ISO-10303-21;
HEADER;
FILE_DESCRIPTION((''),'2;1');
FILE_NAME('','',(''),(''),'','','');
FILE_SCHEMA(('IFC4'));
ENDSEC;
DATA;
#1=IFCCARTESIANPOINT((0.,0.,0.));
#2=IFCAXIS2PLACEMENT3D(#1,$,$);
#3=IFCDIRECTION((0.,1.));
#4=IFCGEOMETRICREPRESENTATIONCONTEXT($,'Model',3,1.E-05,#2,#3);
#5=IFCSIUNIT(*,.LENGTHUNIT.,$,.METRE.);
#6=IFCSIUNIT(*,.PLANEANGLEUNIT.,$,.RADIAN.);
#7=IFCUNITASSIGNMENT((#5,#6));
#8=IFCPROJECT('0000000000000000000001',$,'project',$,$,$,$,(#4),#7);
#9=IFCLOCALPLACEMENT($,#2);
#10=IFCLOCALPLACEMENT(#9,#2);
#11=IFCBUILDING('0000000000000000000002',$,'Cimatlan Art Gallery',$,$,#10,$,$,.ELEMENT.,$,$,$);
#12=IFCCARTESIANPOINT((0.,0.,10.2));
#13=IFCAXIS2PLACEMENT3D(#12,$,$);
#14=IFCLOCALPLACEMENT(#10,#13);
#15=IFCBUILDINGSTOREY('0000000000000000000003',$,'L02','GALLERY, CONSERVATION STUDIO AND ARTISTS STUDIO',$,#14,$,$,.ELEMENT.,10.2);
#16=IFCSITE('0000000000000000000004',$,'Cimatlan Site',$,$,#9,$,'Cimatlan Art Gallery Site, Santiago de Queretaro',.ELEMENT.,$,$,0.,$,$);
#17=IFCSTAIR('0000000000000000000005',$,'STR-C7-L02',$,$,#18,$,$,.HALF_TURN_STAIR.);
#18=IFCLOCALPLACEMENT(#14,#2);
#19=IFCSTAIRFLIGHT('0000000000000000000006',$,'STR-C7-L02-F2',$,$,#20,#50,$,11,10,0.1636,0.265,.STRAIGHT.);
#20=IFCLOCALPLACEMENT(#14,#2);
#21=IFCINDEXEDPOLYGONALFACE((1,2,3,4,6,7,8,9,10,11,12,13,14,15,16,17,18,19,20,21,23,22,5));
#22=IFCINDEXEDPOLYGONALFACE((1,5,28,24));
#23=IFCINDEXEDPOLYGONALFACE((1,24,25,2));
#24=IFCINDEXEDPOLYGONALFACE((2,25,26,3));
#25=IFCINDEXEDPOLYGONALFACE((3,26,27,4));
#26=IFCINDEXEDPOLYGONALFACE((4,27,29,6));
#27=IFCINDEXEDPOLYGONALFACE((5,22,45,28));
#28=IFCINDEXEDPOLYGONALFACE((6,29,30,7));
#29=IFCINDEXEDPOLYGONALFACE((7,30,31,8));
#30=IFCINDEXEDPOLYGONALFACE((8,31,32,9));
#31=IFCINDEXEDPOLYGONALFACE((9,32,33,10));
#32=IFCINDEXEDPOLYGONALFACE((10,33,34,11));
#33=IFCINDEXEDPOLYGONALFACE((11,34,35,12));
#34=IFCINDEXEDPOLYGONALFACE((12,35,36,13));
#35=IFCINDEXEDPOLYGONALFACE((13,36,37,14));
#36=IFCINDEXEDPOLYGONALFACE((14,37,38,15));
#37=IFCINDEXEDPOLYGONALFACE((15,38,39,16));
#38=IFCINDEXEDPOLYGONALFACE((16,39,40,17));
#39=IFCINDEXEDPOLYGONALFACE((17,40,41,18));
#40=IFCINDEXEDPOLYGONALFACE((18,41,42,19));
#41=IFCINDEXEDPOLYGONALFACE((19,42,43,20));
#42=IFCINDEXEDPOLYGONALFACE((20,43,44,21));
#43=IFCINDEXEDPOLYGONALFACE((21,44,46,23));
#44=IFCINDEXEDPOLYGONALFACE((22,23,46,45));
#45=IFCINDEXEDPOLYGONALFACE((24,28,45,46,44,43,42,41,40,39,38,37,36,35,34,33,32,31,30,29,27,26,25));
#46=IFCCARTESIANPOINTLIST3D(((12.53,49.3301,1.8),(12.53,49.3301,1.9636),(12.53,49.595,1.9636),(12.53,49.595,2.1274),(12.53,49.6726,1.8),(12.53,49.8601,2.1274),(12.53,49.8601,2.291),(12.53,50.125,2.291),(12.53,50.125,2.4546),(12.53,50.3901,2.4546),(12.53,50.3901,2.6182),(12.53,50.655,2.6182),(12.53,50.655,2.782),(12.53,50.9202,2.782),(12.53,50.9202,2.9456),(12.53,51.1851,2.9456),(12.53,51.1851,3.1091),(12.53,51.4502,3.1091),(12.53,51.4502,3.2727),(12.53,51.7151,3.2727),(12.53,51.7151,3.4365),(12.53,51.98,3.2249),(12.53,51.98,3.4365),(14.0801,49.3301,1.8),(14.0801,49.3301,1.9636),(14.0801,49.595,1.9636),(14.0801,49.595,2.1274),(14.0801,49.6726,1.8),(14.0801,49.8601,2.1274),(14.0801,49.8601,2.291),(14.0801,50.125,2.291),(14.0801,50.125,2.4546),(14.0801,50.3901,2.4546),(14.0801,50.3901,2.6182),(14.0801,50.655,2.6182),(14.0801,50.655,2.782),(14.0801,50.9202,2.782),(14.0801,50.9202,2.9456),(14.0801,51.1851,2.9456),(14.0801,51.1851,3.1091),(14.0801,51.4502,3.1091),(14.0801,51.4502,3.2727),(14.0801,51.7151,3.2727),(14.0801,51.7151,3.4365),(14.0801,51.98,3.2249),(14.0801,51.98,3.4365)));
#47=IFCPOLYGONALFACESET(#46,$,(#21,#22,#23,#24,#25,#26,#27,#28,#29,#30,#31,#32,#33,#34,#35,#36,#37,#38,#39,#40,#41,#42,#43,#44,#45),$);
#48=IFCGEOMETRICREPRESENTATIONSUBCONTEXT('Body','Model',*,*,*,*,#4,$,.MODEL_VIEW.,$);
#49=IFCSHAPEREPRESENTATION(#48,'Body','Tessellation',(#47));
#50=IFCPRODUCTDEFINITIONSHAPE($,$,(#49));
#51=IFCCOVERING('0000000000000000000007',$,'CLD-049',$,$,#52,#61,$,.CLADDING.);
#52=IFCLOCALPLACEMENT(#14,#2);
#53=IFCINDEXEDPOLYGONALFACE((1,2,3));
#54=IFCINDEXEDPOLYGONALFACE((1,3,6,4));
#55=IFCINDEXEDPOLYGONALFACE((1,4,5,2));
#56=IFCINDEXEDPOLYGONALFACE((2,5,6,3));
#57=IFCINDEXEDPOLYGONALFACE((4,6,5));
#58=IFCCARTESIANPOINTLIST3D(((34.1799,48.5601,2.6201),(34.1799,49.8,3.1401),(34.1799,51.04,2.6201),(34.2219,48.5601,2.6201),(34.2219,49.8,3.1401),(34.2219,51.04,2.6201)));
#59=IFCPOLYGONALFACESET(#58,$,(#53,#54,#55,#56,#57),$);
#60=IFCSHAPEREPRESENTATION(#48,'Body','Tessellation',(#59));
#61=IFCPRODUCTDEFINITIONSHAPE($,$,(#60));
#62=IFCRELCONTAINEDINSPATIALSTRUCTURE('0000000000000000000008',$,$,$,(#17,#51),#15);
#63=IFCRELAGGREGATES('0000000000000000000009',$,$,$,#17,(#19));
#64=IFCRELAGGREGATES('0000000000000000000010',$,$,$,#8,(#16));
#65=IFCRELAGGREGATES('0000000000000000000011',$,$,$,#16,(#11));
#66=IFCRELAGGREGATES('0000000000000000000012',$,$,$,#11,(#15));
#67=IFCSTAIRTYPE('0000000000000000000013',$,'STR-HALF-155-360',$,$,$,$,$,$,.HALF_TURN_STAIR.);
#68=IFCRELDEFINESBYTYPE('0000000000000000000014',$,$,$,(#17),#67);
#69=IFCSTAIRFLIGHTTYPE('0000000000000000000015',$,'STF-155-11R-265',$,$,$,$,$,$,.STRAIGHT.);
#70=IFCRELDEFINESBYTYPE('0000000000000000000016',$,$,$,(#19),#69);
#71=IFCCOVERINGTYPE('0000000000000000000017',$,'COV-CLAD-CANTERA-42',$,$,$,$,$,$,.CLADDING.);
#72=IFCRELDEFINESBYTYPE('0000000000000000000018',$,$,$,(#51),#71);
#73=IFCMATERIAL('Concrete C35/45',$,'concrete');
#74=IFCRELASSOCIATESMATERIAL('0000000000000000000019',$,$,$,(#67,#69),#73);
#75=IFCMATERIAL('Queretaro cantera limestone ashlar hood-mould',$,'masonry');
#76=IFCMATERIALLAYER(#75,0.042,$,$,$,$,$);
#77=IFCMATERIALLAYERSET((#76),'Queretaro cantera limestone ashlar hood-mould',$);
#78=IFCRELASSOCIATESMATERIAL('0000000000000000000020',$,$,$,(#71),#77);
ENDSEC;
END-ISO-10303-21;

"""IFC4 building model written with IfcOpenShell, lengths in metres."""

from ifc_helpers import new_model, si_unit, direction, frame, origin, place, context, subcontext, project, spatial, polyline, outline, extrude, material, layer, layer_set, type_object, element, aggregate, save


model = new_model("IFC4")

# Units and contexts
model_context = context("Model", 3, precision=1e-05, world=origin(), true_north=direction((0.0, 1.0)))
body_context = subcontext(model_context, "Body", "Model", "MODEL_VIEW")
ifc_project = project(units=[si_unit("LENGTHUNIT", "METRE"), si_unit("PLANEANGLEUNIT", "RADIAN")], contexts=[model_context])

# Site, building, storey
site_placement = place(None, origin())
site = spatial("IfcSite", under=ifc_project, at=site_placement, Name="Cimatlan Site", LongName="Cimatlan Art Gallery Site, Santiago de Queretaro", CompositionType="ELEMENT", RefElevation=0.0)
building_placement = place(site_placement, origin())
building = spatial("IfcBuilding", under=site, at=building_placement, Name="Cimatlan Art Gallery", CompositionType="ELEMENT")
storey_placement = place(building_placement, frame((0.0, 0.0, 10.2)))
storey = spatial("IfcBuildingStorey", under=building, at=storey_placement, Name="L02", Description="GALLERY, CONSERVATION STUDIO AND ARTISTS STUDIO", CompositionType="ELEMENT", Elevation=10.2)

# Stair, stair flight
ifc_material_1 = material(Name="Concrete C35/45", Category="concrete")
stair_type = type_object("IfcStairType", Name="STR-HALF-155-360", PredefinedType="HALF_TURN_STAIR", material=ifc_material_1)
stair_placement = place(storey_placement, origin())
stair = element("IfcStair", 1, at=stair_placement, inside=storey, type_object=stair_type, Name="STR-C7-L02", PredefinedType="HALF_TURN_STAIR")
stair_flight_type = type_object("IfcStairFlightType", Name="STF-155-11R-265", PredefinedType="STRAIGHT", material=ifc_material_1)
stair_flight_1_placement = place(storey_placement, frame((13.3049, 49.3301, 1.8), z_axis=(0.0, 0.0, 1.0), x_axis=(0.0, 1.0, 0.0)))
stair_flight_1 = element("IfcStairFlight", 2, at=stair_flight_1_placement, type_object=stair_flight_type, Name="STR-C7-L02-F2", NumberOfRisers=11, NumberOfTreads=10, PredefinedType="STRAIGHT", RiserHeight=0.1636, TreadLength=0.265, context=body_context, shape_type="SweptSolid", body=[
    extrude(outline(polyline([(0.0, 0.0), (0.0, 0.1636), (0.2649, 0.1636), (0.2649, 0.3274), (0.53, 0.3274), (0.53, 0.491), (0.7949, 0.491), (0.7949, 0.6545), (1.0601, 0.6545), (1.0601, 0.8181), (1.325, 0.8181), (1.325, 0.9819), (1.5901, 0.9819), (1.5901, 1.1455), (1.855, 1.1455), (1.855, 1.3091), (2.1201, 1.3091), (2.1201, 1.4727), (2.385, 1.4727), (2.385, 1.6365), (2.6499, 1.6365), (2.6499, 1.8), (2.6499, 1.4248), (0.3425, 0.0), (0.0, 0.0)])), frame((0.0, 0.7749, 0.0), z_axis=(0.0, -1.0, 0.0), x_axis=(1.0, 0.0, 0.0)), (0.0, 0.0, 1.0), 1.55),
])
aggregate(stair, [stair_flight_1])

# Covering
ifc_material_2 = material(Name="Queretaro cantera limestone ashlar hood-mould", Category="masonry")
ifc_layer_1 = layer(ifc_material_2, 0.042)
ifc_layer_set_1 = layer_set([ifc_layer_1], Name="Queretaro cantera limestone ashlar hood-mould")
covering_type = type_object("IfcCoveringType", Name="COV-CLAD-CANTERA-42", PredefinedType="CLADDING", material=ifc_layer_set_1)
covering_placement = place(storey_placement, frame((34.2219, 48.5601, 2.6201), z_axis=(1.0, 0.0, 0.0), x_axis=(0.0, 1.0, 0.0)))
element("IfcCovering", 3, at=covering_placement, inside=storey, type_object=covering_type, Name="CLD-049", PredefinedType="CLADDING", context=body_context, shape_type="SweptSolid", body=[
    extrude(outline(polyline([(0.0, 0.0), (2.48, 0.0), (1.24, 0.52), (0.0, 0.0)])), origin(), (0.0, 0.0, -1.0), 0.042),
])

save(model, "model.ifc")
